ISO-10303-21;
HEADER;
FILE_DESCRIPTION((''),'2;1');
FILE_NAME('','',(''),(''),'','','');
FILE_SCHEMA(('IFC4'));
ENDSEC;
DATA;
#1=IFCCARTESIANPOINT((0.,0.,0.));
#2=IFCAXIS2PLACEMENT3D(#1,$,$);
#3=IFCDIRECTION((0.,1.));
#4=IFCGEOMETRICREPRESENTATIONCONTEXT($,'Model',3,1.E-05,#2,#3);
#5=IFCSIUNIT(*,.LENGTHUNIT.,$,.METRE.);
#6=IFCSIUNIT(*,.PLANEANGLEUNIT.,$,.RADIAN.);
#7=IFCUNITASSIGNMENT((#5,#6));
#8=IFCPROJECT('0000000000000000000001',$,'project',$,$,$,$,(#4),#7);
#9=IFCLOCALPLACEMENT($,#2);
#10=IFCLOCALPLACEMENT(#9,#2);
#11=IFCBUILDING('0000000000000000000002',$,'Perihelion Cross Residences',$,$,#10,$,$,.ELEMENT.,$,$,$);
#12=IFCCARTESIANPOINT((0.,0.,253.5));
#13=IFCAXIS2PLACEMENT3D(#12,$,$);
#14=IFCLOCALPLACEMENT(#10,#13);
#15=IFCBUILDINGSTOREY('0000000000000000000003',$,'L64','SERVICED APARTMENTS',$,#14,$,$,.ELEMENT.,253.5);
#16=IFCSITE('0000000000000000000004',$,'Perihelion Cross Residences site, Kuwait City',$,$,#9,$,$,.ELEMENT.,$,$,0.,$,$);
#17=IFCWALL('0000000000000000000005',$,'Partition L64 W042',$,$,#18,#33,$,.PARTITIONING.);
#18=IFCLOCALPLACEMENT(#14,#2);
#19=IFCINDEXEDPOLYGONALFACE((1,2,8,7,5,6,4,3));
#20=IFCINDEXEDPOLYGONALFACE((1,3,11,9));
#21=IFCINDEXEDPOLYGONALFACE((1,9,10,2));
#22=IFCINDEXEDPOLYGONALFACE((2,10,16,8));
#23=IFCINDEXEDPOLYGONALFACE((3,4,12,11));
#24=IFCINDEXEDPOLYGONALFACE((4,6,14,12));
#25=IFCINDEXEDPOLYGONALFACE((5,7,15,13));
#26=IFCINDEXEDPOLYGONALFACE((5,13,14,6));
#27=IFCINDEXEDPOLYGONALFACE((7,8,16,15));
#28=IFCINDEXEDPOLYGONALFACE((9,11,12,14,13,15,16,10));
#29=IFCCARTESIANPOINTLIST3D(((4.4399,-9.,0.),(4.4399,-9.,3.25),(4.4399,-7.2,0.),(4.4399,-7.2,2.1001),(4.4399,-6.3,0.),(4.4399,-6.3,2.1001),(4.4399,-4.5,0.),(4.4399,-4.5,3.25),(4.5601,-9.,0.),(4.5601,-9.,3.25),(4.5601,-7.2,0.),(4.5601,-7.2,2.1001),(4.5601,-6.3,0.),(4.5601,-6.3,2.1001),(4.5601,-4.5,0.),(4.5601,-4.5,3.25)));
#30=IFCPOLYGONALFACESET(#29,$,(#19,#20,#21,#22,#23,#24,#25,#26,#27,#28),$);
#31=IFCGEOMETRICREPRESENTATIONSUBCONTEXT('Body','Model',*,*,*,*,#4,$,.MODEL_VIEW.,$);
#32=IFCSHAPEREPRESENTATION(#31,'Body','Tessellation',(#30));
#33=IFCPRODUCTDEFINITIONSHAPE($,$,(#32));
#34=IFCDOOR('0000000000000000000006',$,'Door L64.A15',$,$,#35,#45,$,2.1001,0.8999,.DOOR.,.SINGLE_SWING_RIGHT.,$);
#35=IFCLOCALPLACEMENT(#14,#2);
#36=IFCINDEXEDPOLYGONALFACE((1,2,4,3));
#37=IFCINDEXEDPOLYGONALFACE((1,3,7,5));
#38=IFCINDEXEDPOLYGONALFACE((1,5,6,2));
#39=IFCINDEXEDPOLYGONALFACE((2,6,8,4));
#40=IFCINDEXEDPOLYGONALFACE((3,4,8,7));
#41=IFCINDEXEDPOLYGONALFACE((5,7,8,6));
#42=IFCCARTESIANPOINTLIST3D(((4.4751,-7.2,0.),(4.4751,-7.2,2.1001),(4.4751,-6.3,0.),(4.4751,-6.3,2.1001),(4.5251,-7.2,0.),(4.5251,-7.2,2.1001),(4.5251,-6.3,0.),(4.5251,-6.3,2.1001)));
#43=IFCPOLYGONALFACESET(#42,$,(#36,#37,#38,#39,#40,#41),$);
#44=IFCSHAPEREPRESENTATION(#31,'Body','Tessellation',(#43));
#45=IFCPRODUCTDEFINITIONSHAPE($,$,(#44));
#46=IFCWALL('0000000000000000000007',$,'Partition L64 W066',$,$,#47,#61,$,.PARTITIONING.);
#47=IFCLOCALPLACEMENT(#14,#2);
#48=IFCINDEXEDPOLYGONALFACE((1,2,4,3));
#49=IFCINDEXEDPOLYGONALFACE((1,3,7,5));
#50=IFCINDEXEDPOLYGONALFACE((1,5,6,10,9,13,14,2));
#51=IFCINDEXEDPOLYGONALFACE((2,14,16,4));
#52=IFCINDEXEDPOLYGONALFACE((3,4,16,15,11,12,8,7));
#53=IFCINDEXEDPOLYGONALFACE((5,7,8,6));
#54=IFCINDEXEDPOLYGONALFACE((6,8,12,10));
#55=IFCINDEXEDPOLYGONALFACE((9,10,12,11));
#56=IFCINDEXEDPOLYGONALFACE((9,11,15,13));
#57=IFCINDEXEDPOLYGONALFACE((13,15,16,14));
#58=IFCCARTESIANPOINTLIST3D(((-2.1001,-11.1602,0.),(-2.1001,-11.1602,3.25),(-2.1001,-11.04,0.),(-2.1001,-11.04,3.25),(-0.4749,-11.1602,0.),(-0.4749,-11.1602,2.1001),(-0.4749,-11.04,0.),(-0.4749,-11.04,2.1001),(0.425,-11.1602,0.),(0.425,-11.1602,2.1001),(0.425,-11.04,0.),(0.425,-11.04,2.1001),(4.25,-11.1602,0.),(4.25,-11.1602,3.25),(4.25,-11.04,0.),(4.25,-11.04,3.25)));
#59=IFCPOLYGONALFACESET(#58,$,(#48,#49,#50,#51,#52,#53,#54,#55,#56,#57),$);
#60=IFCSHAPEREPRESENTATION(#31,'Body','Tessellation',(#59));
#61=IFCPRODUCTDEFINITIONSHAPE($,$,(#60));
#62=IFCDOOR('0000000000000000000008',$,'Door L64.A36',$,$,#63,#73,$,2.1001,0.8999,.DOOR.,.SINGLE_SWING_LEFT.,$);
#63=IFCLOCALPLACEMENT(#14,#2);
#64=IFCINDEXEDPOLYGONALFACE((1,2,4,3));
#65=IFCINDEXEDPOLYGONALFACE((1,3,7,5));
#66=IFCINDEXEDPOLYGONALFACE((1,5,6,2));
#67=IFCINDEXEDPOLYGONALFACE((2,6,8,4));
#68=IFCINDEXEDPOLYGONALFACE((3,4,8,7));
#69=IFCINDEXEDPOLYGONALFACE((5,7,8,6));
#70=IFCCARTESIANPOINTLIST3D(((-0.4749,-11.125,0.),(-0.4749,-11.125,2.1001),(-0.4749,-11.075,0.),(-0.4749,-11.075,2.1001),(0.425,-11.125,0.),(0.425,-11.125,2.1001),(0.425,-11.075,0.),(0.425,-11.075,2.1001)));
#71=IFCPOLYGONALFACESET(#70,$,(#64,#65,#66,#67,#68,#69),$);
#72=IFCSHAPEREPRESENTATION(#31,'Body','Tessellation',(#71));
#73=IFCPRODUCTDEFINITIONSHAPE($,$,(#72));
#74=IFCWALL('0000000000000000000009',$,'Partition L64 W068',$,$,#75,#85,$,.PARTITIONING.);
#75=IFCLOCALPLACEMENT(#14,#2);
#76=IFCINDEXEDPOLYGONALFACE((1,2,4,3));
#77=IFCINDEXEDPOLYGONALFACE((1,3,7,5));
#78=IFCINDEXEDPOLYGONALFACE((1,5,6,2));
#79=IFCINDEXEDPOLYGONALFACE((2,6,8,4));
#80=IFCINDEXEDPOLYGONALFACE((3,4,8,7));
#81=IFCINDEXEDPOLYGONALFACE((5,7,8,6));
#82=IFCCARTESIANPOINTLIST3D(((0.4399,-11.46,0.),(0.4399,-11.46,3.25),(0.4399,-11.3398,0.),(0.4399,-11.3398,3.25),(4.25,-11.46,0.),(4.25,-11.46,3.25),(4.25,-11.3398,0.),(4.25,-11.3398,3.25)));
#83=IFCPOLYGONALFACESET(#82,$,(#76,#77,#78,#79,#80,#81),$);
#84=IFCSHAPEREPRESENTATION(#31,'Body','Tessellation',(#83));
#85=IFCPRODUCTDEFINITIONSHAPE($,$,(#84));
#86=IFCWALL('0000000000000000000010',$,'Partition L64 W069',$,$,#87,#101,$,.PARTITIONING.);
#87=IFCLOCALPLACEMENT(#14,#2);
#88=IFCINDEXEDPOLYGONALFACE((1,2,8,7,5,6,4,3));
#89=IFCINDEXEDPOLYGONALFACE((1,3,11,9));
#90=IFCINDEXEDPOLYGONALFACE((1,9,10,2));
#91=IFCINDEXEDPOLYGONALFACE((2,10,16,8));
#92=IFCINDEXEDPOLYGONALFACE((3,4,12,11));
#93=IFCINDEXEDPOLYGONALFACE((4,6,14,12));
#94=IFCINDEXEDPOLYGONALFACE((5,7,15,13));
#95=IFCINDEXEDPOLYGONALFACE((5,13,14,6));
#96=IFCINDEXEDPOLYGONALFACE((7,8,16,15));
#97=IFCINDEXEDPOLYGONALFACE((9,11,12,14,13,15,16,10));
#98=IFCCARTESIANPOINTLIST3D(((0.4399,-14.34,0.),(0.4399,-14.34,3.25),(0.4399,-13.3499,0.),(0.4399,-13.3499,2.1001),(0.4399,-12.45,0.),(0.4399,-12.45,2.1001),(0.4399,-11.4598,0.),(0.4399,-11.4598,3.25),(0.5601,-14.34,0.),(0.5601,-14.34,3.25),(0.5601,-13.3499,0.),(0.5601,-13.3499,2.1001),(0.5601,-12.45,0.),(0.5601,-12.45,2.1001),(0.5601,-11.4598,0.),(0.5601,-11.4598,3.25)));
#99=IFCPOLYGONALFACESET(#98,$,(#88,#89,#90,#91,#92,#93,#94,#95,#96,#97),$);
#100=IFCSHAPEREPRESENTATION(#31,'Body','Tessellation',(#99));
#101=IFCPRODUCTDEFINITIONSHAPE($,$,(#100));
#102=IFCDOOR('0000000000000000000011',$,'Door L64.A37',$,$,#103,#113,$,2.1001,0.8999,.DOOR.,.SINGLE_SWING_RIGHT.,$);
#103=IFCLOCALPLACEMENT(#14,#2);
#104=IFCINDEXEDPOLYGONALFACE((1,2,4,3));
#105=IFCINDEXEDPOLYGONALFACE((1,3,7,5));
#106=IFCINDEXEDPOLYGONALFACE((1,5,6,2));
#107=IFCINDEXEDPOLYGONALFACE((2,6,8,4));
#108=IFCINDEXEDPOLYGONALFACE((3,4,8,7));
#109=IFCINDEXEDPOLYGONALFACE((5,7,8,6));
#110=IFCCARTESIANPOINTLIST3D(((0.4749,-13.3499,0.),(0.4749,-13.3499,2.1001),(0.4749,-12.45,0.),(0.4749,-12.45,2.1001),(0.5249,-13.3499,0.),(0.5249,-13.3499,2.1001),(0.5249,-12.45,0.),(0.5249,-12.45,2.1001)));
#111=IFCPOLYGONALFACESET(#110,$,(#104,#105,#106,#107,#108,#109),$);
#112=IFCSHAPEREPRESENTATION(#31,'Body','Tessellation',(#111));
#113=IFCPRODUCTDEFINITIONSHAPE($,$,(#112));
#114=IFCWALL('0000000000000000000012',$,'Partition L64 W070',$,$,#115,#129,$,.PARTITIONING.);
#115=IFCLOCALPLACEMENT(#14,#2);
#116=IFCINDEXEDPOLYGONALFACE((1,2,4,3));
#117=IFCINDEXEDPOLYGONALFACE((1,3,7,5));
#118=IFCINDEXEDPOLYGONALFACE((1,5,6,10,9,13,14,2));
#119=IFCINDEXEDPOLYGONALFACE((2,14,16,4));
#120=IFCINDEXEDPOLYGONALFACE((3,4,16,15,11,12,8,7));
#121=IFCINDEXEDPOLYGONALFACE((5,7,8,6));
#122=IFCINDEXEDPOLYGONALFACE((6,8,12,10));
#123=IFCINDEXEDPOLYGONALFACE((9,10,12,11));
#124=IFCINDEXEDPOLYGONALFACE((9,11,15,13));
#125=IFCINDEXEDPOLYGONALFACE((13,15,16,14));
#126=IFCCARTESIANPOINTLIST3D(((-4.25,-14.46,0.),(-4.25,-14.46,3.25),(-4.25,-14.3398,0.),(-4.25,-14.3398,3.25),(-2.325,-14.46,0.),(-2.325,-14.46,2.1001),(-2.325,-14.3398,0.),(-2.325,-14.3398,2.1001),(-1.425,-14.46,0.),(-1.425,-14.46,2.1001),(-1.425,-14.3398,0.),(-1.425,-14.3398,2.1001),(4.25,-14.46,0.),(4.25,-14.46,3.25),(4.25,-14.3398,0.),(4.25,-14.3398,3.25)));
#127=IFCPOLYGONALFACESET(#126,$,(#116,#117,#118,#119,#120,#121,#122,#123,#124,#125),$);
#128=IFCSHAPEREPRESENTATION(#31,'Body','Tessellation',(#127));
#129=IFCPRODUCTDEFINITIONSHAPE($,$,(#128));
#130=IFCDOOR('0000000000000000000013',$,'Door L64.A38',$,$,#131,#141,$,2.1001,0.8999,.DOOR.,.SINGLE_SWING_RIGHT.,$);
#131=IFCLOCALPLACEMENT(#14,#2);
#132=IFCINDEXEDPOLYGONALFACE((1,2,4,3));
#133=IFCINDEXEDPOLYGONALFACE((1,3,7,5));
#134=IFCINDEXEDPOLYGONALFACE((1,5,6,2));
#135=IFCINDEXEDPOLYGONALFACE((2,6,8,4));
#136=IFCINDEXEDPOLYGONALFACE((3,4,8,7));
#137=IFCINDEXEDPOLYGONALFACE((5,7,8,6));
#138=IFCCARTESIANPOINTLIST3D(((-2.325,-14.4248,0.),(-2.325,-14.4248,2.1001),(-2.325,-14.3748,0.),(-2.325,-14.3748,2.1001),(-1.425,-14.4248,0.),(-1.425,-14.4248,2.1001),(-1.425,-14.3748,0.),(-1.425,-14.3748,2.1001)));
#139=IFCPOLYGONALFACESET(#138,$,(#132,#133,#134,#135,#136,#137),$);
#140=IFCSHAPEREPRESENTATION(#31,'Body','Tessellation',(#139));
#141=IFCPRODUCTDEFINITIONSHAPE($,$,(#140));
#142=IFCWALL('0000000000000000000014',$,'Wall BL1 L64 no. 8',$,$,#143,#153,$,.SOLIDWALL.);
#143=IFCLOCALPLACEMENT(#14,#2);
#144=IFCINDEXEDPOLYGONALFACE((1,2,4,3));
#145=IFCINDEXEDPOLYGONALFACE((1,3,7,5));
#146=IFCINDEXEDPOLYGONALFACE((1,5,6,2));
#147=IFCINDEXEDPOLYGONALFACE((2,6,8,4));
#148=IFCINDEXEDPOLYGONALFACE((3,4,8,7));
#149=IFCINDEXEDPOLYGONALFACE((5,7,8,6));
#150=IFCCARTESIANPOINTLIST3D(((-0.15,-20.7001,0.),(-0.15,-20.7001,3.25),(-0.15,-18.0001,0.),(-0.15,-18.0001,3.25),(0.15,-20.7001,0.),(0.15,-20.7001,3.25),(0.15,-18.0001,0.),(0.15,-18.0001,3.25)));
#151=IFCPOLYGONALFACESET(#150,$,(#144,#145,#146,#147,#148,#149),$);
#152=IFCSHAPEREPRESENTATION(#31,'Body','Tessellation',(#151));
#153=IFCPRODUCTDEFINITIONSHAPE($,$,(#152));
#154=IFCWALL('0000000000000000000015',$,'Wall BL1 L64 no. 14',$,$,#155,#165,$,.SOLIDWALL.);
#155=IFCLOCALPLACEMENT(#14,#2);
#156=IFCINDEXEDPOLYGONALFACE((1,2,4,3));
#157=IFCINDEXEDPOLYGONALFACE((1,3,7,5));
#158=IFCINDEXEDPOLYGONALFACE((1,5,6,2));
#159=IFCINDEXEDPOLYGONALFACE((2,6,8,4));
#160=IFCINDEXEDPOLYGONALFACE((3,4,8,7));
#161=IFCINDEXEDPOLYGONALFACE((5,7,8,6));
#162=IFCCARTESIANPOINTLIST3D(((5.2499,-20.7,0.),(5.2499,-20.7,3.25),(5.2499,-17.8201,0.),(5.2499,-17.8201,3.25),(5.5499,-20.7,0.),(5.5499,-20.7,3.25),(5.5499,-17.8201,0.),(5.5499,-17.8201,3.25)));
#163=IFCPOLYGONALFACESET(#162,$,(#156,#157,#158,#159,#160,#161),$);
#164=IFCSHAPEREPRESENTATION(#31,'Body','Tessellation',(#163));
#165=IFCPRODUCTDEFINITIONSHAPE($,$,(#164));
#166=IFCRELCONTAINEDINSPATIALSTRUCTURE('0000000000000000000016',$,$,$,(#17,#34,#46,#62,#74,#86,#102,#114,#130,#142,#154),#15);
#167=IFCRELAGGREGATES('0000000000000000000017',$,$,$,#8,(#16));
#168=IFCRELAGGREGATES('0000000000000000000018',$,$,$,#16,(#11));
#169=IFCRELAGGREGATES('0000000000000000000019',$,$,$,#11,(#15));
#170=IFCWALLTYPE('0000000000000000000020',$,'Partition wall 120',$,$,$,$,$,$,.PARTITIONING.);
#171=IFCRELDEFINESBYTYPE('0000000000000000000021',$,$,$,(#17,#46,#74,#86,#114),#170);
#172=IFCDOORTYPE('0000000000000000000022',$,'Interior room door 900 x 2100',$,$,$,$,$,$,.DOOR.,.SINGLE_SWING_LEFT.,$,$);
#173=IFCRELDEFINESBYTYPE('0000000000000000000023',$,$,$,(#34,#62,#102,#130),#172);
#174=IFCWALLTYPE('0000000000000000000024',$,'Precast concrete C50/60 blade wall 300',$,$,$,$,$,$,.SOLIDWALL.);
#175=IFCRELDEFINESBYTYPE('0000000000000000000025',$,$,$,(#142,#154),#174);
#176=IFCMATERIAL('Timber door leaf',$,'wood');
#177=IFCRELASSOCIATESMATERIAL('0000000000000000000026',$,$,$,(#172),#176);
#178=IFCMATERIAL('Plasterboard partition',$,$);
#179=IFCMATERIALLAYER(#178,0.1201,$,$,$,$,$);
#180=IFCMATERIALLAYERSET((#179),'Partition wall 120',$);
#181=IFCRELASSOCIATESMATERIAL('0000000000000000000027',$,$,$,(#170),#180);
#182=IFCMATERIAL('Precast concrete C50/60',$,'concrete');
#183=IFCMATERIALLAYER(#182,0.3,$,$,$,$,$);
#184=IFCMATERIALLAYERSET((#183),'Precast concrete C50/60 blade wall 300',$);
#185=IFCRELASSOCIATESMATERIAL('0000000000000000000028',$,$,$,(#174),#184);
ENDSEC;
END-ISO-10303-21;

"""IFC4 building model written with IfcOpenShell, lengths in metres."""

from ifc_helpers import new_model, si_unit, direction, frame, frame_2d, origin, place, context, subcontext, project, spatial, rectangle, extrude, material, layer, layer_set, type_object, element, fill, save


model = new_model("IFC4")

# Units and contexts
model_context = context("Model", 3, precision=1e-05, world=origin(), true_north=direction((0.0, 1.0)))
body_context = subcontext(model_context, "Body", "Model", "MODEL_VIEW")
ifc_project = project(units=[si_unit("LENGTHUNIT", "METRE"), si_unit("PLANEANGLEUNIT", "RADIAN")], contexts=[model_context])

# Site, building, storey
site_placement = place(None, origin())
site = spatial("IfcSite", under=ifc_project, at=site_placement, Name="Perihelion Cross Residences site, Kuwait City", CompositionType="ELEMENT", RefElevation=0.0)
building_placement = place(site_placement, origin())
building = spatial("IfcBuilding", under=site, at=building_placement, Name="Perihelion Cross Residences", CompositionType="ELEMENT")
storey_placement = place(building_placement, frame((0.0, 0.0, 253.5)))
storey = spatial("IfcBuildingStorey", under=building, at=storey_placement, Name="L64", Description="SERVICED APARTMENTS", CompositionType="ELEMENT", Elevation=253.5)

# Walls, openings, doors
ifc_material_1 = material(Name="Timber door leaf", Category="wood")
door_type_1 = type_object("IfcDoorType", Name="Interior room door 900 x 2100", OperationType="SINGLE_SWING_LEFT", PredefinedType="DOOR", material=ifc_material_1)
ifc_material_2 = material(Name="Plasterboard partition")
ifc_layer_1 = layer(ifc_material_2, 0.1201)
ifc_layer_set_1 = layer_set([ifc_layer_1], Name="Partition wall 120")
wall_type_1 = type_object("IfcWallType", Name="Partition wall 120", PredefinedType="PARTITIONING", material=ifc_layer_set_1)
wall_1_placement = place(storey_placement, frame((4.5, -9.0, 0.0), z_axis=(0.0, 0.0, 1.0), x_axis=(0.0, 1.0, 0.0)))
wall_1 = element("IfcWall", 1, at=wall_1_placement, inside=storey, type_object=wall_type_1, Name="Partition L64 W042", PredefinedType="PARTITIONING", context=body_context, shape_type="SweptSolid", body=[
    extrude(rectangle(XDim=4.5, YDim=0.1201, at=frame_2d((2.25, 0.0))), origin(), (0.0, 0.0, 1.0), 3.25),
])
opening_1_placement = place(wall_1_placement, frame((1.8, 0.0, 0.0)))
opening_1 = element("IfcOpeningElement", 2, at=opening_1_placement, cuts=wall_1, PredefinedType="OPENING", context=body_context, shape_type="SweptSolid", body=[
    extrude(rectangle(XDim=0.8999, YDim=2.1001, at=frame_2d((0.45, 1.05))), frame((0.0, 0.0701, 0.0), z_axis=(0.0, -1.0, 0.0), x_axis=(1.0, 0.0, 0.0)), (0.0, 0.0, 1.0), 0.1401),
])
door_1_placement = place(opening_1_placement, origin())
door_1 = element("IfcDoor", 3, at=door_1_placement, inside=storey, type_object=door_type_1, Name="Door L64.A15", OperationType="SINGLE_SWING_RIGHT", OverallHeight=2.1001, OverallWidth=0.8999, PredefinedType="DOOR", context=body_context, shape_type="SweptSolid", body=[
    extrude(rectangle(XDim=0.8999, YDim=2.1001, at=frame_2d((0.45, 1.05))), frame((0.0, 0.0249, 0.0), z_axis=(0.0, -1.0, 0.0), x_axis=(1.0, 0.0, 0.0)), (0.0, 0.0, 1.0), 0.05),
])
fill(opening_1, door_1)
wall_2_placement = place(storey_placement, frame((4.25, -11.1001, 0.0), z_axis=(0.0, 0.0, 1.0), x_axis=(-1.0, 0.0, 0.0)))
wall_2 = element("IfcWall", 4, at=wall_2_placement, inside=storey, type_object=wall_type_1, Name="Partition L64 W066", PredefinedType="PARTITIONING", context=body_context, shape_type="SweptSolid", body=[
    extrude(rectangle(XDim=6.3501, YDim=0.1201, at=frame_2d((3.175, 0.0))), origin(), (0.0, 0.0, 1.0), 3.25),
])
opening_2_placement = place(wall_2_placement, frame((3.825, 0.0, 0.0)))
opening_2 = element("IfcOpeningElement", 5, at=opening_2_placement, cuts=wall_2, PredefinedType="OPENING", context=body_context, shape_type="SweptSolid", body=[
    extrude(rectangle(XDim=0.8999, YDim=2.1001, at=frame_2d((0.45, 1.05))), frame((0.0, 0.0701, 0.0), z_axis=(0.0, -1.0, 0.0), x_axis=(1.0, 0.0, 0.0)), (0.0, 0.0, 1.0), 0.1401),
])
door_2_placement = place(opening_2_placement, origin())
door_2 = element("IfcDoor", 6, at=door_2_placement, inside=storey, type_object=door_type_1, Name="Door L64.A36", OperationType="SINGLE_SWING_LEFT", OverallHeight=2.1001, OverallWidth=0.8999, PredefinedType="DOOR", context=body_context, shape_type="SweptSolid", body=[
    extrude(rectangle(XDim=0.8999, YDim=2.1001, at=frame_2d((0.45, 1.05))), frame((0.0, 0.0249, 0.0), z_axis=(0.0, -1.0, 0.0), x_axis=(1.0, 0.0, 0.0)), (0.0, 0.0, 1.0), 0.05),
])
fill(opening_2, door_2)

# Wall
wall_3_placement = place(storey_placement, frame((4.25, -11.3999, 0.0), z_axis=(0.0, 0.0, 1.0), x_axis=(-1.0, 0.0, 0.0)))
element("IfcWall", 7, at=wall_3_placement, inside=storey, type_object=wall_type_1, Name="Partition L64 W068", PredefinedType="PARTITIONING", context=body_context, shape_type="SweptSolid", body=[
    extrude(rectangle(XDim=3.8101, YDim=0.1201, at=frame_2d((1.905, 0.0))), origin(), (0.0, 0.0, 1.0), 3.25),
])

# Walls, openings, doors
wall_4_placement = place(storey_placement, frame((0.5, -11.46, 0.0), z_axis=(0.0, 0.0, 1.0), x_axis=(0.0, -1.0, 0.0)))
wall_4 = element("IfcWall", 8, at=wall_4_placement, inside=storey, type_object=wall_type_1, Name="Partition L64 W069", PredefinedType="PARTITIONING", context=body_context, shape_type="SweptSolid", body=[
    extrude(rectangle(XDim=2.8801, YDim=0.1201, at=frame_2d((1.4399, 0.0))), origin(), (0.0, 0.0, 1.0), 3.25),
])
opening_3_placement = place(wall_4_placement, frame((0.99, 0.0, 0.0)))
opening_3 = element("IfcOpeningElement", 9, at=opening_3_placement, cuts=wall_4, PredefinedType="OPENING", context=body_context, shape_type="SweptSolid", body=[
    extrude(rectangle(XDim=0.8999, YDim=2.1001, at=frame_2d((0.45, 1.05))), frame((0.0, 0.0701, 0.0), z_axis=(0.0, -1.0, 0.0), x_axis=(1.0, 0.0, 0.0)), (0.0, 0.0, 1.0), 0.1401),
])
door_3_placement = place(opening_3_placement, origin())
door_3 = element("IfcDoor", 10, at=door_3_placement, inside=storey, type_object=door_type_1, Name="Door L64.A37", OperationType="SINGLE_SWING_RIGHT", OverallHeight=2.1001, OverallWidth=0.8999, PredefinedType="DOOR", context=body_context, shape_type="SweptSolid", body=[
    extrude(rectangle(XDim=0.8999, YDim=2.1001, at=frame_2d((0.45, 1.05))), frame((0.0, 0.0249, 0.0), z_axis=(0.0, -1.0, 0.0), x_axis=(1.0, 0.0, 0.0)), (0.0, 0.0, 1.0), 0.05),
])
fill(opening_3, door_3)
wall_5_placement = place(storey_placement, frame((4.25, -14.3999, 0.0), z_axis=(0.0, 0.0, 1.0), x_axis=(-1.0, 0.0, 0.0)))
wall_5 = element("IfcWall", 11, at=wall_5_placement, inside=storey, type_object=wall_type_1, Name="Partition L64 W070", PredefinedType="PARTITIONING", context=body_context, shape_type="SweptSolid", body=[
    extrude(rectangle(XDim=8.5, YDim=0.1201, at=frame_2d((4.25, 0.0))), origin(), (0.0, 0.0, 1.0), 3.25),
])
opening_4_placement = place(wall_5_placement, frame((5.675, 0.0, 0.0)))
opening_4 = element("IfcOpeningElement", 12, at=opening_4_placement, cuts=wall_5, PredefinedType="OPENING", context=body_context, shape_type="SweptSolid", body=[
    extrude(rectangle(XDim=0.8999, YDim=2.1001, at=frame_2d((0.45, 1.05))), frame((0.0, 0.0701, 0.0), z_axis=(0.0, -1.0, 0.0), x_axis=(1.0, 0.0, 0.0)), (0.0, 0.0, 1.0), 0.1401),
])
door_4_placement = place(opening_4_placement, origin())
door_4 = element("IfcDoor", 13, at=door_4_placement, inside=storey, type_object=door_type_1, Name="Door L64.A38", OperationType="SINGLE_SWING_RIGHT", OverallHeight=2.1001, OverallWidth=0.8999, PredefinedType="DOOR", context=body_context, shape_type="SweptSolid", body=[
    extrude(rectangle(XDim=0.8999, YDim=2.1001, at=frame_2d((0.45, 1.05))), frame((0.0, 0.0249, 0.0), z_axis=(0.0, -1.0, 0.0), x_axis=(1.0, 0.0, 0.0)), (0.0, 0.0, 1.0), 0.05),
])
fill(opening_4, door_4)

# Walls
ifc_material_3 = material(Name="Precast concrete C50/60", Category="concrete")
ifc_layer_2 = layer(ifc_material_3, 0.3)
ifc_layer_set_2 = layer_set([ifc_layer_2], Name="Precast concrete C50/60 blade wall 300")
wall_type_2 = type_object("IfcWallType", Name="Precast concrete C50/60 blade wall 300", PredefinedType="SOLIDWALL", material=ifc_layer_set_2)
wall_6_placement = place(storey_placement, frame((0.0, -18.0, 0.0), z_axis=(0.0, 0.0, 1.0), x_axis=(0.0, -1.0, 0.0)))
element("IfcWall", 14, at=wall_6_placement, inside=storey, type_object=wall_type_2, Name="Wall BL1 L64 no. 8", PredefinedType="SOLIDWALL", context=body_context, shape_type="SweptSolid", body=[
    extrude(rectangle(XDim=2.7, YDim=0.3, at=frame_2d((1.3501, 0.0))), origin(), (0.0, 0.0, 1.0), 3.25),
])
wall_7_placement = place(storey_placement, frame((5.3999, -17.8201, 0.0), z_axis=(0.0, 0.0, 1.0), x_axis=(0.0, -1.0, 0.0)))
element("IfcWall", 15, at=wall_7_placement, inside=storey, type_object=wall_type_2, Name="Wall BL1 L64 no. 14", PredefinedType="SOLIDWALL", context=body_context, shape_type="SweptSolid", body=[
    extrude(rectangle(XDim=2.8799, YDim=0.3, at=frame_2d((1.4399, 0.0))), origin(), (0.0, 0.0, 1.0), 3.25),
])

save(model, "model.ifc")
